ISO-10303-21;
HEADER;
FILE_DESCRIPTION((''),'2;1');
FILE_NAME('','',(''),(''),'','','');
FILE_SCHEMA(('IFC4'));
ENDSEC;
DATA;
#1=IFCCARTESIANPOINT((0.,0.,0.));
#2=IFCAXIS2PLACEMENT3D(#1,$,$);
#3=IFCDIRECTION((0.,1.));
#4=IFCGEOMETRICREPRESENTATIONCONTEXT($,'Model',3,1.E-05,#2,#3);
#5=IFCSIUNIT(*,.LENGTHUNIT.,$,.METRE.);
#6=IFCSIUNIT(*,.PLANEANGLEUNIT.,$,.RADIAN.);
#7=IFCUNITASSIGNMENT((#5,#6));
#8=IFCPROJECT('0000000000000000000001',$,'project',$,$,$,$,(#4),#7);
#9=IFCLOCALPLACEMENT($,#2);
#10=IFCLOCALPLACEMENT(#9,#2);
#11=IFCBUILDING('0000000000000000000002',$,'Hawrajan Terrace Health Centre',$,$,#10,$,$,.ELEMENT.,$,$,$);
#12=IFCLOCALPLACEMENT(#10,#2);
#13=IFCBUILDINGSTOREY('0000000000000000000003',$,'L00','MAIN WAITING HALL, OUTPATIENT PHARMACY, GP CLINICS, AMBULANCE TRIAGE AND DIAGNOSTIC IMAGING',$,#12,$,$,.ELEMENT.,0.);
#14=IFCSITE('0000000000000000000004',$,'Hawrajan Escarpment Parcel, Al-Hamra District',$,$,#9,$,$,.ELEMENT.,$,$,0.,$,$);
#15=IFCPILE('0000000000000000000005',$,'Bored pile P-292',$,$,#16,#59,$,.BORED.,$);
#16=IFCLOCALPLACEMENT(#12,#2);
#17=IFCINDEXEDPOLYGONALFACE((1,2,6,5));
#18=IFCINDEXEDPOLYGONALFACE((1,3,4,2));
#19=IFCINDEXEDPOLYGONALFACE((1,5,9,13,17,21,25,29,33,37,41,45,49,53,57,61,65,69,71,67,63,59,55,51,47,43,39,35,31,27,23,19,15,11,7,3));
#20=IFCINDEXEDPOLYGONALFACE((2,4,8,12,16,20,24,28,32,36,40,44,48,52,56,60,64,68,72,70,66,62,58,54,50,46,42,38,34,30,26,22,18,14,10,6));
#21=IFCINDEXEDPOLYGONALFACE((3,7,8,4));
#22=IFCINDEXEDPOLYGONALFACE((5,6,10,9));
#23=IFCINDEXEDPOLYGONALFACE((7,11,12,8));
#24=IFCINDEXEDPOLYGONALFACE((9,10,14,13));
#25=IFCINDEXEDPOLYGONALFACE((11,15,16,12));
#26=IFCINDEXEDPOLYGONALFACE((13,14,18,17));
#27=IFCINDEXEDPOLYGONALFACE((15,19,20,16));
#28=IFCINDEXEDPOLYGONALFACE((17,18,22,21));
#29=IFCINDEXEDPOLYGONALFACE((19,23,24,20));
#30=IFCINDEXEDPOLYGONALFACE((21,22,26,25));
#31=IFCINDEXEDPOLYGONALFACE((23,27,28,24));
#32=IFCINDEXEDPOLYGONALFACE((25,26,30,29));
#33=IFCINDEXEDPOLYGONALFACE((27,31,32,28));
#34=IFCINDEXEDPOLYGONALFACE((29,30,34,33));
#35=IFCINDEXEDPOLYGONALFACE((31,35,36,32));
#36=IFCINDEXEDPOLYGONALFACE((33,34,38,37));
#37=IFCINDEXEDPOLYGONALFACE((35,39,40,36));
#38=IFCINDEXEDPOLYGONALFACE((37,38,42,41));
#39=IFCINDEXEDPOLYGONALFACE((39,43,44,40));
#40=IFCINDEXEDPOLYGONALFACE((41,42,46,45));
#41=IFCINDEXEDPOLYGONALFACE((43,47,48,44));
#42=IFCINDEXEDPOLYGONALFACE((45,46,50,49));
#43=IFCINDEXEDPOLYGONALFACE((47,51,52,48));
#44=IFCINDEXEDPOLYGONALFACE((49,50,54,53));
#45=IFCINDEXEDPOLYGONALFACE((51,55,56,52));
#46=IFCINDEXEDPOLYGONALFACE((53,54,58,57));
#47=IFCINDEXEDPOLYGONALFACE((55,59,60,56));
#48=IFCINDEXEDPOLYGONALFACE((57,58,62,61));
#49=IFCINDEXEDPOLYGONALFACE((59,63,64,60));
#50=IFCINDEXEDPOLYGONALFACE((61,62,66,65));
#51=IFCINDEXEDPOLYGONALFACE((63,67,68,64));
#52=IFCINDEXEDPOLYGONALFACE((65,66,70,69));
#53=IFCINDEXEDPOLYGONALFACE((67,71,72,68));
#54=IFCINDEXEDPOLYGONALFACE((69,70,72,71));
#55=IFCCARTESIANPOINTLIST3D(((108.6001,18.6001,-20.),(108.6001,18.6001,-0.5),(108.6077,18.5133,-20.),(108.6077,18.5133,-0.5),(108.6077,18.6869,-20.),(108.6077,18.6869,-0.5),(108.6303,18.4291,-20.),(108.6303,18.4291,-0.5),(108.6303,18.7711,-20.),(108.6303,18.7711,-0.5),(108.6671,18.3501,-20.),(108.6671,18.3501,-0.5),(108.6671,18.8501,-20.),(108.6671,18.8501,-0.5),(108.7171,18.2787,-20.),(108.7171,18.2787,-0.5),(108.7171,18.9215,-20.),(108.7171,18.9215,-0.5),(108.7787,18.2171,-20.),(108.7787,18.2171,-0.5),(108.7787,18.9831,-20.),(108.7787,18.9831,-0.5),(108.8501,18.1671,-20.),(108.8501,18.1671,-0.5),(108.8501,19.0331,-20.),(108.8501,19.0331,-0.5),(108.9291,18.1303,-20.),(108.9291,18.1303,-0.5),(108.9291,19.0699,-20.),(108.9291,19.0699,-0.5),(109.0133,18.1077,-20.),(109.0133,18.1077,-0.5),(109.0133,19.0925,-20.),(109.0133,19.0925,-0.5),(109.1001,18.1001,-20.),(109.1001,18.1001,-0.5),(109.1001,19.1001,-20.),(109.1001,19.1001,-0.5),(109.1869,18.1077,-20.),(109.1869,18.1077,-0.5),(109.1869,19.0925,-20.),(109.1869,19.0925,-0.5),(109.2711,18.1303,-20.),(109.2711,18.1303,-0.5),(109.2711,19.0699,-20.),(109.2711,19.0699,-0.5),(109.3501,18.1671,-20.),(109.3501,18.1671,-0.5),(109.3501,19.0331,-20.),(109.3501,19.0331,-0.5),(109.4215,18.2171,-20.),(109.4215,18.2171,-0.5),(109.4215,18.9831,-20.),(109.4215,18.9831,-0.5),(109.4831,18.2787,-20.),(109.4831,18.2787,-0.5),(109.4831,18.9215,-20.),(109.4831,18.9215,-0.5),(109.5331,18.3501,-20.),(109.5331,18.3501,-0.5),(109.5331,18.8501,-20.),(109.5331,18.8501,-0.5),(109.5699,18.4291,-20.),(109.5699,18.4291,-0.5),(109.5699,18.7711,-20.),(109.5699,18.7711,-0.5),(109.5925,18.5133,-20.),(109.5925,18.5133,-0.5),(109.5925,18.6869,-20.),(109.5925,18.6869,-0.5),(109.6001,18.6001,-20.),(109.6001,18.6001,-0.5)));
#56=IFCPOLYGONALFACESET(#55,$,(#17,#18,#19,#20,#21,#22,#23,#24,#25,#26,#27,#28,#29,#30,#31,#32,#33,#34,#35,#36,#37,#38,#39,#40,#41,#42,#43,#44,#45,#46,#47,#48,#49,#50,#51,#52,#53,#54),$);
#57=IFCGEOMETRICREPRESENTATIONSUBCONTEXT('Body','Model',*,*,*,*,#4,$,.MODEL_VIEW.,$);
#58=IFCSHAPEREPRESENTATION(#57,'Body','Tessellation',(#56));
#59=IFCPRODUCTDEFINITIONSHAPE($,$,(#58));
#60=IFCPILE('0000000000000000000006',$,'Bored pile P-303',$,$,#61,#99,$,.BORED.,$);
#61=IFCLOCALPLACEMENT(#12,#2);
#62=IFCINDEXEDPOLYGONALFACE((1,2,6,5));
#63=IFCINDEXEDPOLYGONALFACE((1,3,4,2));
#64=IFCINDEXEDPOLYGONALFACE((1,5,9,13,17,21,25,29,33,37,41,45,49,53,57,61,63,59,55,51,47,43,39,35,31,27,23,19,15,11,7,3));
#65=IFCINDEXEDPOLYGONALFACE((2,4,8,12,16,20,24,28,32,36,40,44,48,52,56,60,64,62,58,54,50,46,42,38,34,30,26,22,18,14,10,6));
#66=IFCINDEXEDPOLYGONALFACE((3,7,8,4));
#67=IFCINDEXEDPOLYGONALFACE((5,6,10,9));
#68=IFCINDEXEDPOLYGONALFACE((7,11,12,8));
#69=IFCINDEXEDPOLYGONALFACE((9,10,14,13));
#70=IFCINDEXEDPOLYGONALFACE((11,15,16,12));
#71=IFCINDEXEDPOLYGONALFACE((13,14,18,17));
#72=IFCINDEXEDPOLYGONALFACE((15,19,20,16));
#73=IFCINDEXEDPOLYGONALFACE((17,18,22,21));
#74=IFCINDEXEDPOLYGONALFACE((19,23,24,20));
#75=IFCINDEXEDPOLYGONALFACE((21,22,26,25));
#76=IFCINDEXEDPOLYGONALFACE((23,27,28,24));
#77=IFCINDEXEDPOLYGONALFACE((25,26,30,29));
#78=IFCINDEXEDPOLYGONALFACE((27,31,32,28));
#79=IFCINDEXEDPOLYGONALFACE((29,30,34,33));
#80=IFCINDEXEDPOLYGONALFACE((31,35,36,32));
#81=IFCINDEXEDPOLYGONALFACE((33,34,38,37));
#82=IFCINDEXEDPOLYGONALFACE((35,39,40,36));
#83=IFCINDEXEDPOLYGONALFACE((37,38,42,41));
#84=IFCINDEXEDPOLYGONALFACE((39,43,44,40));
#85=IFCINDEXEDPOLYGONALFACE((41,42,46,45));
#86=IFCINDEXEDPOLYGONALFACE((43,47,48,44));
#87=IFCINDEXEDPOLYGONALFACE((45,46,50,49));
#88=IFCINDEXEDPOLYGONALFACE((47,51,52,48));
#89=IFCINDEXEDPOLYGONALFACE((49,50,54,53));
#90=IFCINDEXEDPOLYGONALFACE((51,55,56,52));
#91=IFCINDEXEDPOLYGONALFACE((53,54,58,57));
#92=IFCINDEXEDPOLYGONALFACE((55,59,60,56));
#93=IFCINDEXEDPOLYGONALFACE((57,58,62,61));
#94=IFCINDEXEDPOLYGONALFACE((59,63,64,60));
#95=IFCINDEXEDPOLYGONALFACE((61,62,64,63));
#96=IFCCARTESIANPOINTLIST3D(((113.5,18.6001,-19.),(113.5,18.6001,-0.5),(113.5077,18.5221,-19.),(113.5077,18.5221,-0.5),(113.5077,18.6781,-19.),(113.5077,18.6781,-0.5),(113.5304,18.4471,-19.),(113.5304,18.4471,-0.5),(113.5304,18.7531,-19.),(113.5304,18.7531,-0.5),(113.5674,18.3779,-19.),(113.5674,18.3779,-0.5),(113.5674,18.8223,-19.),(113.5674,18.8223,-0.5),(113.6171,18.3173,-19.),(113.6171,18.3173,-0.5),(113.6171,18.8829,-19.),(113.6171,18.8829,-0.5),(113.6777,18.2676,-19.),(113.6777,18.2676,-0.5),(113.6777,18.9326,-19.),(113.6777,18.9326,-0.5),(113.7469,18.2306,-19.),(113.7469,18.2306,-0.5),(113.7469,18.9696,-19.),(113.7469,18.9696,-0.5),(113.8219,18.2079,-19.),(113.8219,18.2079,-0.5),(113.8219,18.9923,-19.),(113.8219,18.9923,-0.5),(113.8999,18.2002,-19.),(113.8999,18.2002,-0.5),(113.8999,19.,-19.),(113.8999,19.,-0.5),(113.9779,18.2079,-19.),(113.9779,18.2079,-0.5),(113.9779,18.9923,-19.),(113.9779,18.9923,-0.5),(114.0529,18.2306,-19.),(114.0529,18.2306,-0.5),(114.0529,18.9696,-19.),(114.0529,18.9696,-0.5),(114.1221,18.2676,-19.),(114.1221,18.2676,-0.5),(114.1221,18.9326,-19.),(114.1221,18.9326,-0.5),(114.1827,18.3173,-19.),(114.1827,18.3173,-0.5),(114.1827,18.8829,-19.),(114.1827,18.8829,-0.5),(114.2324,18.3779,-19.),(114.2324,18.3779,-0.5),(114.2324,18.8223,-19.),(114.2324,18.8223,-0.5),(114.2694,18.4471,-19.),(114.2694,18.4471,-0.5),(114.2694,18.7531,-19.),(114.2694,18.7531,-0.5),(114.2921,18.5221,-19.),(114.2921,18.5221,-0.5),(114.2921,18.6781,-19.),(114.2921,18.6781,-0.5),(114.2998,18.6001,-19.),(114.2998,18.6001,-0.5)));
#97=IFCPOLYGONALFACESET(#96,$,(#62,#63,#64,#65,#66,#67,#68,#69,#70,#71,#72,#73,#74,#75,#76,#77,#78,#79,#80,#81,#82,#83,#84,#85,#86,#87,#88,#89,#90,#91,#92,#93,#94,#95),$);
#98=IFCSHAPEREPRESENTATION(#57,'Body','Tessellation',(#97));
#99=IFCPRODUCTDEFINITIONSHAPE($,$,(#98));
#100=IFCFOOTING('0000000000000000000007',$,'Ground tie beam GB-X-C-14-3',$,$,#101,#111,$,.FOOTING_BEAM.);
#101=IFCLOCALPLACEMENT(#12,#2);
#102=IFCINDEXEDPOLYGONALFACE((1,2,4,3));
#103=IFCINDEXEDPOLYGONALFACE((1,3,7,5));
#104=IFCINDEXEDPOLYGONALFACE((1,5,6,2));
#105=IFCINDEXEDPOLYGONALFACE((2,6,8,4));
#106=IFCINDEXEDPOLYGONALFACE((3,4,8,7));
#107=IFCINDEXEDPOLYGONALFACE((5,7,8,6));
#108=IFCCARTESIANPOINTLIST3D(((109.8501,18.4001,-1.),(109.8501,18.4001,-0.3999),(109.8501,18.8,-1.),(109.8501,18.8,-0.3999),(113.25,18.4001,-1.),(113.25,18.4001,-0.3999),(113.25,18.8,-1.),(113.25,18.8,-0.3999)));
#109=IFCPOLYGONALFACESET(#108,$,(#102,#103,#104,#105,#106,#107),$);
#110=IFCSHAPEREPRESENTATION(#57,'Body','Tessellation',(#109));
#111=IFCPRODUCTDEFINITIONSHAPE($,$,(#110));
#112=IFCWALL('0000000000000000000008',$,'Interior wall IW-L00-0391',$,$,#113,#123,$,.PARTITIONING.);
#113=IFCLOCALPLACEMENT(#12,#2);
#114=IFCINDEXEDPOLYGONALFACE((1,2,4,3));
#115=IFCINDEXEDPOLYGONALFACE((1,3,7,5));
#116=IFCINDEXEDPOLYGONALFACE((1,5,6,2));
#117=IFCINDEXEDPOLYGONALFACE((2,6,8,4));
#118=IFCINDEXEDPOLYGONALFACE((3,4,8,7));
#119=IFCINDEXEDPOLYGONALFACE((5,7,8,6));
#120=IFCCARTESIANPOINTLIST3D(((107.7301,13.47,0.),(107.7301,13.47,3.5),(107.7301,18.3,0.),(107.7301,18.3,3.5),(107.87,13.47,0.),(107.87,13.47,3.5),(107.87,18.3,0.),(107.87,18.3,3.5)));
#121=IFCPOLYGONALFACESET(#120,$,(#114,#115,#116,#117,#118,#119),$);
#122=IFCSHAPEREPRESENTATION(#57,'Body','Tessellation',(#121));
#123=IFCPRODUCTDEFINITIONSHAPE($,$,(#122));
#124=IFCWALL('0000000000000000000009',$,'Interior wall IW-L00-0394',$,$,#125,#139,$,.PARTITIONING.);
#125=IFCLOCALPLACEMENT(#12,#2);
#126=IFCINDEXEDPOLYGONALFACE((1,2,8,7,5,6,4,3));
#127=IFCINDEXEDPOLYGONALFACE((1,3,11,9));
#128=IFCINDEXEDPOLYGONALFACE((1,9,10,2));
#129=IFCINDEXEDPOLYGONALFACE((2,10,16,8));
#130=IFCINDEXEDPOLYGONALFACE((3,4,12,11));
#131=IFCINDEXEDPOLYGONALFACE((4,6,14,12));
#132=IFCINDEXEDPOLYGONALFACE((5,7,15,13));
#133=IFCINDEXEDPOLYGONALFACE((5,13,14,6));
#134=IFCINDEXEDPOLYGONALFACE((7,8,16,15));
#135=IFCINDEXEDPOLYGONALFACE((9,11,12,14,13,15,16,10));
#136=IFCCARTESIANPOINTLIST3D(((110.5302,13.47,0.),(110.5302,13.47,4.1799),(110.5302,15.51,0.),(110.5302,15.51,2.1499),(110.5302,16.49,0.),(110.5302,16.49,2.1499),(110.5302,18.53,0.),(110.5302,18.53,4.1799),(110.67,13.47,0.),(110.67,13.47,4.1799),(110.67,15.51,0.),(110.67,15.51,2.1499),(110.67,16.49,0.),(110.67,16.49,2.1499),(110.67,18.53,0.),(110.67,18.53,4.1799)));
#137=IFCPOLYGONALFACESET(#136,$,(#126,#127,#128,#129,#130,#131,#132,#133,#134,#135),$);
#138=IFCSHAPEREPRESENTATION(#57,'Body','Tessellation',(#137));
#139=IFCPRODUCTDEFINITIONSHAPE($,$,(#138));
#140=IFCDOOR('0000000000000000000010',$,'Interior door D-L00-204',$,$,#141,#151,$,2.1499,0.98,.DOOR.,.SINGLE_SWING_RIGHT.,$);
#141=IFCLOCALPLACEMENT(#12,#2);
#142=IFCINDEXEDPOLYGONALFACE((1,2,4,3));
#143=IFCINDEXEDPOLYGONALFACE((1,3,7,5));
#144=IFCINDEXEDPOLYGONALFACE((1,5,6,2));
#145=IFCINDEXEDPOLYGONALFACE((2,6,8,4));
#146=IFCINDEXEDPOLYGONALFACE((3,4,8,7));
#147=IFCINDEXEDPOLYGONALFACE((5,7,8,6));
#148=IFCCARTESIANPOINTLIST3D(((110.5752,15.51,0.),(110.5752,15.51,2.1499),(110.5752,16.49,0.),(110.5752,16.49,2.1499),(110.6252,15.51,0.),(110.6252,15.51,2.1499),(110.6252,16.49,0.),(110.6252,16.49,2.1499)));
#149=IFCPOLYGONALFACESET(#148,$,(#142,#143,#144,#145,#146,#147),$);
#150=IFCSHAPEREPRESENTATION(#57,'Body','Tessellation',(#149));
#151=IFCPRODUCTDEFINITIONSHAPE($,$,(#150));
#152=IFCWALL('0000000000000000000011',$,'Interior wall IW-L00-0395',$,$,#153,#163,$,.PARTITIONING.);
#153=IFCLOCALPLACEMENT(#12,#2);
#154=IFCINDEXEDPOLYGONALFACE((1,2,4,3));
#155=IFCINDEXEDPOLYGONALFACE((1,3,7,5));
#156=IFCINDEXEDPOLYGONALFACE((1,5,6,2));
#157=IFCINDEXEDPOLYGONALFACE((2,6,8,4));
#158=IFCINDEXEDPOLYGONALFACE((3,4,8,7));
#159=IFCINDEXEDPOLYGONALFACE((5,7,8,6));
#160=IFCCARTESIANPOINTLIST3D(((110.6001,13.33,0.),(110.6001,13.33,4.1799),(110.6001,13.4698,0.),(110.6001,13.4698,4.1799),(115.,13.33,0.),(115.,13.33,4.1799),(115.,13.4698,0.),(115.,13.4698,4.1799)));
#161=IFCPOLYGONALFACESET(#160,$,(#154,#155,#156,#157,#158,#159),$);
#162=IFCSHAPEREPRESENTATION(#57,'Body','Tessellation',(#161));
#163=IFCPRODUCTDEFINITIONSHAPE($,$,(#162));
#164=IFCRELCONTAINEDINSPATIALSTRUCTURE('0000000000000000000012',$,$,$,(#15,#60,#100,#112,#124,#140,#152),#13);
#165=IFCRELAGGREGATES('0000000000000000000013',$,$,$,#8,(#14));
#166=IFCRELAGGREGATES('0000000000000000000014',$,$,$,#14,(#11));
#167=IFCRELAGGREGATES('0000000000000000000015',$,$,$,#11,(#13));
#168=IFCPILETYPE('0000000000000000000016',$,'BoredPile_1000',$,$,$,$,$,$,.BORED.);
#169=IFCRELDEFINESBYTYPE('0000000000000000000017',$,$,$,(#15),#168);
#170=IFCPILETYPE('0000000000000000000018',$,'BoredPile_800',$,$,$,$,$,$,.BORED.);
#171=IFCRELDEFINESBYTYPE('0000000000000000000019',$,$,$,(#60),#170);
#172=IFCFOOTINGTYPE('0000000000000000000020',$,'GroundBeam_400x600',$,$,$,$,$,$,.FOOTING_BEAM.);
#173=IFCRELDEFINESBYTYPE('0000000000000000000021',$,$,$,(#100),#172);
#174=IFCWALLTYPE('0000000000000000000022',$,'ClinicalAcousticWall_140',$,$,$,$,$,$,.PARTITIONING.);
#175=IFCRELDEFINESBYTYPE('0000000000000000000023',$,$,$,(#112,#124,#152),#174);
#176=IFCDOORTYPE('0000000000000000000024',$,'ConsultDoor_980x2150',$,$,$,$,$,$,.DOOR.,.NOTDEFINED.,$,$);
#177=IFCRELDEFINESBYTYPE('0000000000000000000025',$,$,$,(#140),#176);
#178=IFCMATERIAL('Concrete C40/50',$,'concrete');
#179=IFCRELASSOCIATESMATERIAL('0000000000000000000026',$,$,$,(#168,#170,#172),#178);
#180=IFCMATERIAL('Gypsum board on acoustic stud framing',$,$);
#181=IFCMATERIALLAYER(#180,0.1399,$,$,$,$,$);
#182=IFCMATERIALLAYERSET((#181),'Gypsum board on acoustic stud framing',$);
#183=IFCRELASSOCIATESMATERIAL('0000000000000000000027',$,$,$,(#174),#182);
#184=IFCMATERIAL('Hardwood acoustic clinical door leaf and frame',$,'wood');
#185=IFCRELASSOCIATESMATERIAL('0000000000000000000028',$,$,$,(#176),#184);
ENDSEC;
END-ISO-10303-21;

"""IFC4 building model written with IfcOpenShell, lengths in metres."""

from ifc_helpers import new_model, si_unit, direction, frame, frame_2d, origin, origin_2d, place, context, subcontext, project, spatial, rectangle, circle, extrude, material, layer, layer_set, material_profile, profile_set, type_object, element, fill, save


model = new_model("IFC4")

# Units and contexts
model_context = context("Model", 3, precision=1e-05, world=origin(), true_north=direction((0.0, 1.0)))
body_context = subcontext(model_context, "Body", "Model", "MODEL_VIEW")
ifc_project = project(units=[si_unit("LENGTHUNIT", "METRE"), si_unit("PLANEANGLEUNIT", "RADIAN")], contexts=[model_context])

# Site, building, storey
site_placement = place(None, origin())
site = spatial("IfcSite", under=ifc_project, at=site_placement, Name="Hawrajan Escarpment Parcel, Al-Hamra District", CompositionType="ELEMENT", RefElevation=0.0)
building_placement = place(site_placement, origin())
building = spatial("IfcBuilding", under=site, at=building_placement, Name="Hawrajan Terrace Health Centre", CompositionType="ELEMENT")
storey_placement = place(building_placement, origin())
storey = spatial("IfcBuildingStorey", under=building, at=storey_placement, Name="L00", Description="MAIN WAITING HALL, OUTPATIENT PHARMACY, GP CLINICS, AMBULANCE TRIAGE AND DIAGNOSTIC IMAGING", CompositionType="ELEMENT", Elevation=0.0)

# Piles
ifc_material_1 = material(Name="Concrete C40/50", Category="concrete")
ifc_material_profile_1 = material_profile(ifc_material_1, circle(Radius=0.5, at=origin_2d()), Name="BP 1000")
ifc_profile_set_1 = profile_set([ifc_material_profile_1], Name="Concrete C40/50")
pile_type_1 = type_object("IfcPileType", Name="BoredPile_1000", PredefinedType="BORED", material=ifc_profile_set_1)
pile_1_placement = place(storey_placement, frame((109.1001, 18.6001, -0.5), z_axis=(0.0, 0.0, -1.0), x_axis=(1.0, 0.0, 0.0)))
element("IfcPile", 1, at=pile_1_placement, inside=storey, type_object=pile_type_1, Name="Bored pile P-292", PredefinedType="BORED", context=body_context, shape_type="SweptSolid", body=[
    extrude(circle(Radius=0.5, at=origin_2d()), origin(), (0.0, 0.0, 1.0), 19.5),
])
ifc_material_profile_2 = material_profile(ifc_material_1, circle(Radius=0.3999, at=origin_2d()), Name="BP 800")
ifc_profile_set_2 = profile_set([ifc_material_profile_2], Name="Concrete C40/50")
pile_type_2 = type_object("IfcPileType", Name="BoredPile_800", PredefinedType="BORED", material=ifc_profile_set_2)
pile_2_placement = place(storey_placement, frame((113.8999, 18.6001, -0.5), z_axis=(0.0, 0.0, -1.0), x_axis=(1.0, 0.0, 0.0)))
element("IfcPile", 2, at=pile_2_placement, inside=storey, type_object=pile_type_2, Name="Bored pile P-303", PredefinedType="BORED", context=body_context, shape_type="SweptSolid", body=[
    extrude(circle(Radius=0.3999, at=origin_2d()), origin(), (0.0, 0.0, 1.0), 18.5),
])

# Footing
ifc_material_profile_3 = material_profile(ifc_material_1, rectangle(XDim=0.3999, YDim=0.6001, at=origin_2d()), Name="RC BM 400x600")
ifc_profile_set_3 = profile_set([ifc_material_profile_3], Name="Concrete C40/50")
footing_type = type_object("IfcFootingType", Name="GroundBeam_400x600", PredefinedType="FOOTING_BEAM", material=ifc_profile_set_3)
footing_placement = place(storey_placement, frame((109.8501, 18.6001, -0.7), z_axis=(1.0, 0.0, 0.0), x_axis=(0.0, 1.0, 0.0)))
element("IfcFooting", 3, at=footing_placement, inside=storey, type_object=footing_type, Name="Ground tie beam GB-X-C-14-3", PredefinedType="FOOTING_BEAM", context=body_context, shape_type="SweptSolid", body=[
    extrude(rectangle(XDim=0.3999, YDim=0.6001, at=origin_2d()), origin(), (0.0, 0.0, 1.0), 3.3999),
])

# Wall
ifc_material_2 = material(Name="Gypsum board on acoustic stud framing")
ifc_layer_1 = layer(ifc_material_2, 0.1399)
ifc_layer_set_1 = layer_set([ifc_layer_1], Name="Gypsum board on acoustic stud framing")
wall_type_1 = type_object("IfcWallType", Name="ClinicalAcousticWall_140", PredefinedType="PARTITIONING", material=ifc_layer_set_1)
wall_1_placement = place(storey_placement, frame((107.8, 13.47, 0.0), z_axis=(0.0, 0.0, 1.0), x_axis=(0.0, 1.0, 0.0)))
element("IfcWall", 4, at=wall_1_placement, inside=storey, type_object=wall_type_1, Name="Interior wall IW-L00-0391", PredefinedType="PARTITIONING", context=body_context, shape_type="SweptSolid", body=[
    extrude(rectangle(XDim=4.8301, YDim=0.1399, at=frame_2d((2.415, 0.0))), origin(), (0.0, 0.0, 1.0), 3.5),
])

# Wall, opening, door
ifc_material_3 = material(Name="Hardwood acoustic clinical door leaf and frame", Category="wood")
wall_2_placement = place(storey_placement, frame((110.6001, 13.47, 0.0), z_axis=(0.0, 0.0, 1.0), x_axis=(0.0, 1.0, 0.0)))
wall_2 = element("IfcWall", 5, at=wall_2_placement, inside=storey, type_object=wall_type_1, Name="Interior wall IW-L00-0394", PredefinedType="PARTITIONING", context=body_context, shape_type="SweptSolid", body=[
    extrude(rectangle(XDim=5.0601, YDim=0.1399, at=frame_2d((2.53, 0.0))), origin(), (0.0, 0.0, 1.0), 4.1799),
])
opening_1_placement = place(wall_2_placement, frame((2.04, 0.0, 0.0)))
opening_1 = element("IfcOpeningElement", 6, at=opening_1_placement, cuts=wall_2, PredefinedType="OPENING", context=body_context, shape_type="SweptSolid", body=[
    extrude(rectangle(XDim=0.98, YDim=2.1499, at=frame_2d((0.49, 1.075))), frame((0.0, 0.0798, 0.0), z_axis=(0.0, -1.0, 0.0), x_axis=(1.0, 0.0, 0.0)), (0.0, 0.0, 1.0), 0.1599),
])
door_type_1 = type_object("IfcDoorType", Name="ConsultDoor_980x2150", OperationType="NOTDEFINED", PredefinedType="DOOR", material=ifc_material_3)
door_1_placement = place(opening_1_placement, origin())
door_1 = element("IfcDoor", 7, at=door_1_placement, inside=storey, type_object=door_type_1, Name="Interior door D-L00-204", OperationType="SINGLE_SWING_RIGHT", OverallHeight=2.1499, OverallWidth=0.98, PredefinedType="DOOR", context=body_context, shape_type="SweptSolid", body=[
    extrude(rectangle(XDim=0.98, YDim=2.1499, at=frame_2d((0.49, 1.075))), frame((0.0, 0.0249, 0.0), z_axis=(0.0, -1.0, 0.0), x_axis=(1.0, 0.0, 0.0)), (0.0, 0.0, 1.0), 0.05),
])
fill(opening_1, door_1)

# Wall
wall_3_placement = place(storey_placement, frame((110.6001, 13.3999, 0.0), z_axis=(0.0, 0.0, 1.0), x_axis=(1.0, 0.0, 0.0)))
element("IfcWall", 8, at=wall_3_placement, inside=storey, type_object=wall_type_1, Name="Interior wall IW-L00-0395", PredefinedType="PARTITIONING", context=body_context, shape_type="SweptSolid", body=[
    extrude(rectangle(XDim=4.3999, YDim=0.1399, at=frame_2d((2.2, 0.0))), origin(), (0.0, 0.0, 1.0), 4.1799),
])

save(model, "model.ifc")
